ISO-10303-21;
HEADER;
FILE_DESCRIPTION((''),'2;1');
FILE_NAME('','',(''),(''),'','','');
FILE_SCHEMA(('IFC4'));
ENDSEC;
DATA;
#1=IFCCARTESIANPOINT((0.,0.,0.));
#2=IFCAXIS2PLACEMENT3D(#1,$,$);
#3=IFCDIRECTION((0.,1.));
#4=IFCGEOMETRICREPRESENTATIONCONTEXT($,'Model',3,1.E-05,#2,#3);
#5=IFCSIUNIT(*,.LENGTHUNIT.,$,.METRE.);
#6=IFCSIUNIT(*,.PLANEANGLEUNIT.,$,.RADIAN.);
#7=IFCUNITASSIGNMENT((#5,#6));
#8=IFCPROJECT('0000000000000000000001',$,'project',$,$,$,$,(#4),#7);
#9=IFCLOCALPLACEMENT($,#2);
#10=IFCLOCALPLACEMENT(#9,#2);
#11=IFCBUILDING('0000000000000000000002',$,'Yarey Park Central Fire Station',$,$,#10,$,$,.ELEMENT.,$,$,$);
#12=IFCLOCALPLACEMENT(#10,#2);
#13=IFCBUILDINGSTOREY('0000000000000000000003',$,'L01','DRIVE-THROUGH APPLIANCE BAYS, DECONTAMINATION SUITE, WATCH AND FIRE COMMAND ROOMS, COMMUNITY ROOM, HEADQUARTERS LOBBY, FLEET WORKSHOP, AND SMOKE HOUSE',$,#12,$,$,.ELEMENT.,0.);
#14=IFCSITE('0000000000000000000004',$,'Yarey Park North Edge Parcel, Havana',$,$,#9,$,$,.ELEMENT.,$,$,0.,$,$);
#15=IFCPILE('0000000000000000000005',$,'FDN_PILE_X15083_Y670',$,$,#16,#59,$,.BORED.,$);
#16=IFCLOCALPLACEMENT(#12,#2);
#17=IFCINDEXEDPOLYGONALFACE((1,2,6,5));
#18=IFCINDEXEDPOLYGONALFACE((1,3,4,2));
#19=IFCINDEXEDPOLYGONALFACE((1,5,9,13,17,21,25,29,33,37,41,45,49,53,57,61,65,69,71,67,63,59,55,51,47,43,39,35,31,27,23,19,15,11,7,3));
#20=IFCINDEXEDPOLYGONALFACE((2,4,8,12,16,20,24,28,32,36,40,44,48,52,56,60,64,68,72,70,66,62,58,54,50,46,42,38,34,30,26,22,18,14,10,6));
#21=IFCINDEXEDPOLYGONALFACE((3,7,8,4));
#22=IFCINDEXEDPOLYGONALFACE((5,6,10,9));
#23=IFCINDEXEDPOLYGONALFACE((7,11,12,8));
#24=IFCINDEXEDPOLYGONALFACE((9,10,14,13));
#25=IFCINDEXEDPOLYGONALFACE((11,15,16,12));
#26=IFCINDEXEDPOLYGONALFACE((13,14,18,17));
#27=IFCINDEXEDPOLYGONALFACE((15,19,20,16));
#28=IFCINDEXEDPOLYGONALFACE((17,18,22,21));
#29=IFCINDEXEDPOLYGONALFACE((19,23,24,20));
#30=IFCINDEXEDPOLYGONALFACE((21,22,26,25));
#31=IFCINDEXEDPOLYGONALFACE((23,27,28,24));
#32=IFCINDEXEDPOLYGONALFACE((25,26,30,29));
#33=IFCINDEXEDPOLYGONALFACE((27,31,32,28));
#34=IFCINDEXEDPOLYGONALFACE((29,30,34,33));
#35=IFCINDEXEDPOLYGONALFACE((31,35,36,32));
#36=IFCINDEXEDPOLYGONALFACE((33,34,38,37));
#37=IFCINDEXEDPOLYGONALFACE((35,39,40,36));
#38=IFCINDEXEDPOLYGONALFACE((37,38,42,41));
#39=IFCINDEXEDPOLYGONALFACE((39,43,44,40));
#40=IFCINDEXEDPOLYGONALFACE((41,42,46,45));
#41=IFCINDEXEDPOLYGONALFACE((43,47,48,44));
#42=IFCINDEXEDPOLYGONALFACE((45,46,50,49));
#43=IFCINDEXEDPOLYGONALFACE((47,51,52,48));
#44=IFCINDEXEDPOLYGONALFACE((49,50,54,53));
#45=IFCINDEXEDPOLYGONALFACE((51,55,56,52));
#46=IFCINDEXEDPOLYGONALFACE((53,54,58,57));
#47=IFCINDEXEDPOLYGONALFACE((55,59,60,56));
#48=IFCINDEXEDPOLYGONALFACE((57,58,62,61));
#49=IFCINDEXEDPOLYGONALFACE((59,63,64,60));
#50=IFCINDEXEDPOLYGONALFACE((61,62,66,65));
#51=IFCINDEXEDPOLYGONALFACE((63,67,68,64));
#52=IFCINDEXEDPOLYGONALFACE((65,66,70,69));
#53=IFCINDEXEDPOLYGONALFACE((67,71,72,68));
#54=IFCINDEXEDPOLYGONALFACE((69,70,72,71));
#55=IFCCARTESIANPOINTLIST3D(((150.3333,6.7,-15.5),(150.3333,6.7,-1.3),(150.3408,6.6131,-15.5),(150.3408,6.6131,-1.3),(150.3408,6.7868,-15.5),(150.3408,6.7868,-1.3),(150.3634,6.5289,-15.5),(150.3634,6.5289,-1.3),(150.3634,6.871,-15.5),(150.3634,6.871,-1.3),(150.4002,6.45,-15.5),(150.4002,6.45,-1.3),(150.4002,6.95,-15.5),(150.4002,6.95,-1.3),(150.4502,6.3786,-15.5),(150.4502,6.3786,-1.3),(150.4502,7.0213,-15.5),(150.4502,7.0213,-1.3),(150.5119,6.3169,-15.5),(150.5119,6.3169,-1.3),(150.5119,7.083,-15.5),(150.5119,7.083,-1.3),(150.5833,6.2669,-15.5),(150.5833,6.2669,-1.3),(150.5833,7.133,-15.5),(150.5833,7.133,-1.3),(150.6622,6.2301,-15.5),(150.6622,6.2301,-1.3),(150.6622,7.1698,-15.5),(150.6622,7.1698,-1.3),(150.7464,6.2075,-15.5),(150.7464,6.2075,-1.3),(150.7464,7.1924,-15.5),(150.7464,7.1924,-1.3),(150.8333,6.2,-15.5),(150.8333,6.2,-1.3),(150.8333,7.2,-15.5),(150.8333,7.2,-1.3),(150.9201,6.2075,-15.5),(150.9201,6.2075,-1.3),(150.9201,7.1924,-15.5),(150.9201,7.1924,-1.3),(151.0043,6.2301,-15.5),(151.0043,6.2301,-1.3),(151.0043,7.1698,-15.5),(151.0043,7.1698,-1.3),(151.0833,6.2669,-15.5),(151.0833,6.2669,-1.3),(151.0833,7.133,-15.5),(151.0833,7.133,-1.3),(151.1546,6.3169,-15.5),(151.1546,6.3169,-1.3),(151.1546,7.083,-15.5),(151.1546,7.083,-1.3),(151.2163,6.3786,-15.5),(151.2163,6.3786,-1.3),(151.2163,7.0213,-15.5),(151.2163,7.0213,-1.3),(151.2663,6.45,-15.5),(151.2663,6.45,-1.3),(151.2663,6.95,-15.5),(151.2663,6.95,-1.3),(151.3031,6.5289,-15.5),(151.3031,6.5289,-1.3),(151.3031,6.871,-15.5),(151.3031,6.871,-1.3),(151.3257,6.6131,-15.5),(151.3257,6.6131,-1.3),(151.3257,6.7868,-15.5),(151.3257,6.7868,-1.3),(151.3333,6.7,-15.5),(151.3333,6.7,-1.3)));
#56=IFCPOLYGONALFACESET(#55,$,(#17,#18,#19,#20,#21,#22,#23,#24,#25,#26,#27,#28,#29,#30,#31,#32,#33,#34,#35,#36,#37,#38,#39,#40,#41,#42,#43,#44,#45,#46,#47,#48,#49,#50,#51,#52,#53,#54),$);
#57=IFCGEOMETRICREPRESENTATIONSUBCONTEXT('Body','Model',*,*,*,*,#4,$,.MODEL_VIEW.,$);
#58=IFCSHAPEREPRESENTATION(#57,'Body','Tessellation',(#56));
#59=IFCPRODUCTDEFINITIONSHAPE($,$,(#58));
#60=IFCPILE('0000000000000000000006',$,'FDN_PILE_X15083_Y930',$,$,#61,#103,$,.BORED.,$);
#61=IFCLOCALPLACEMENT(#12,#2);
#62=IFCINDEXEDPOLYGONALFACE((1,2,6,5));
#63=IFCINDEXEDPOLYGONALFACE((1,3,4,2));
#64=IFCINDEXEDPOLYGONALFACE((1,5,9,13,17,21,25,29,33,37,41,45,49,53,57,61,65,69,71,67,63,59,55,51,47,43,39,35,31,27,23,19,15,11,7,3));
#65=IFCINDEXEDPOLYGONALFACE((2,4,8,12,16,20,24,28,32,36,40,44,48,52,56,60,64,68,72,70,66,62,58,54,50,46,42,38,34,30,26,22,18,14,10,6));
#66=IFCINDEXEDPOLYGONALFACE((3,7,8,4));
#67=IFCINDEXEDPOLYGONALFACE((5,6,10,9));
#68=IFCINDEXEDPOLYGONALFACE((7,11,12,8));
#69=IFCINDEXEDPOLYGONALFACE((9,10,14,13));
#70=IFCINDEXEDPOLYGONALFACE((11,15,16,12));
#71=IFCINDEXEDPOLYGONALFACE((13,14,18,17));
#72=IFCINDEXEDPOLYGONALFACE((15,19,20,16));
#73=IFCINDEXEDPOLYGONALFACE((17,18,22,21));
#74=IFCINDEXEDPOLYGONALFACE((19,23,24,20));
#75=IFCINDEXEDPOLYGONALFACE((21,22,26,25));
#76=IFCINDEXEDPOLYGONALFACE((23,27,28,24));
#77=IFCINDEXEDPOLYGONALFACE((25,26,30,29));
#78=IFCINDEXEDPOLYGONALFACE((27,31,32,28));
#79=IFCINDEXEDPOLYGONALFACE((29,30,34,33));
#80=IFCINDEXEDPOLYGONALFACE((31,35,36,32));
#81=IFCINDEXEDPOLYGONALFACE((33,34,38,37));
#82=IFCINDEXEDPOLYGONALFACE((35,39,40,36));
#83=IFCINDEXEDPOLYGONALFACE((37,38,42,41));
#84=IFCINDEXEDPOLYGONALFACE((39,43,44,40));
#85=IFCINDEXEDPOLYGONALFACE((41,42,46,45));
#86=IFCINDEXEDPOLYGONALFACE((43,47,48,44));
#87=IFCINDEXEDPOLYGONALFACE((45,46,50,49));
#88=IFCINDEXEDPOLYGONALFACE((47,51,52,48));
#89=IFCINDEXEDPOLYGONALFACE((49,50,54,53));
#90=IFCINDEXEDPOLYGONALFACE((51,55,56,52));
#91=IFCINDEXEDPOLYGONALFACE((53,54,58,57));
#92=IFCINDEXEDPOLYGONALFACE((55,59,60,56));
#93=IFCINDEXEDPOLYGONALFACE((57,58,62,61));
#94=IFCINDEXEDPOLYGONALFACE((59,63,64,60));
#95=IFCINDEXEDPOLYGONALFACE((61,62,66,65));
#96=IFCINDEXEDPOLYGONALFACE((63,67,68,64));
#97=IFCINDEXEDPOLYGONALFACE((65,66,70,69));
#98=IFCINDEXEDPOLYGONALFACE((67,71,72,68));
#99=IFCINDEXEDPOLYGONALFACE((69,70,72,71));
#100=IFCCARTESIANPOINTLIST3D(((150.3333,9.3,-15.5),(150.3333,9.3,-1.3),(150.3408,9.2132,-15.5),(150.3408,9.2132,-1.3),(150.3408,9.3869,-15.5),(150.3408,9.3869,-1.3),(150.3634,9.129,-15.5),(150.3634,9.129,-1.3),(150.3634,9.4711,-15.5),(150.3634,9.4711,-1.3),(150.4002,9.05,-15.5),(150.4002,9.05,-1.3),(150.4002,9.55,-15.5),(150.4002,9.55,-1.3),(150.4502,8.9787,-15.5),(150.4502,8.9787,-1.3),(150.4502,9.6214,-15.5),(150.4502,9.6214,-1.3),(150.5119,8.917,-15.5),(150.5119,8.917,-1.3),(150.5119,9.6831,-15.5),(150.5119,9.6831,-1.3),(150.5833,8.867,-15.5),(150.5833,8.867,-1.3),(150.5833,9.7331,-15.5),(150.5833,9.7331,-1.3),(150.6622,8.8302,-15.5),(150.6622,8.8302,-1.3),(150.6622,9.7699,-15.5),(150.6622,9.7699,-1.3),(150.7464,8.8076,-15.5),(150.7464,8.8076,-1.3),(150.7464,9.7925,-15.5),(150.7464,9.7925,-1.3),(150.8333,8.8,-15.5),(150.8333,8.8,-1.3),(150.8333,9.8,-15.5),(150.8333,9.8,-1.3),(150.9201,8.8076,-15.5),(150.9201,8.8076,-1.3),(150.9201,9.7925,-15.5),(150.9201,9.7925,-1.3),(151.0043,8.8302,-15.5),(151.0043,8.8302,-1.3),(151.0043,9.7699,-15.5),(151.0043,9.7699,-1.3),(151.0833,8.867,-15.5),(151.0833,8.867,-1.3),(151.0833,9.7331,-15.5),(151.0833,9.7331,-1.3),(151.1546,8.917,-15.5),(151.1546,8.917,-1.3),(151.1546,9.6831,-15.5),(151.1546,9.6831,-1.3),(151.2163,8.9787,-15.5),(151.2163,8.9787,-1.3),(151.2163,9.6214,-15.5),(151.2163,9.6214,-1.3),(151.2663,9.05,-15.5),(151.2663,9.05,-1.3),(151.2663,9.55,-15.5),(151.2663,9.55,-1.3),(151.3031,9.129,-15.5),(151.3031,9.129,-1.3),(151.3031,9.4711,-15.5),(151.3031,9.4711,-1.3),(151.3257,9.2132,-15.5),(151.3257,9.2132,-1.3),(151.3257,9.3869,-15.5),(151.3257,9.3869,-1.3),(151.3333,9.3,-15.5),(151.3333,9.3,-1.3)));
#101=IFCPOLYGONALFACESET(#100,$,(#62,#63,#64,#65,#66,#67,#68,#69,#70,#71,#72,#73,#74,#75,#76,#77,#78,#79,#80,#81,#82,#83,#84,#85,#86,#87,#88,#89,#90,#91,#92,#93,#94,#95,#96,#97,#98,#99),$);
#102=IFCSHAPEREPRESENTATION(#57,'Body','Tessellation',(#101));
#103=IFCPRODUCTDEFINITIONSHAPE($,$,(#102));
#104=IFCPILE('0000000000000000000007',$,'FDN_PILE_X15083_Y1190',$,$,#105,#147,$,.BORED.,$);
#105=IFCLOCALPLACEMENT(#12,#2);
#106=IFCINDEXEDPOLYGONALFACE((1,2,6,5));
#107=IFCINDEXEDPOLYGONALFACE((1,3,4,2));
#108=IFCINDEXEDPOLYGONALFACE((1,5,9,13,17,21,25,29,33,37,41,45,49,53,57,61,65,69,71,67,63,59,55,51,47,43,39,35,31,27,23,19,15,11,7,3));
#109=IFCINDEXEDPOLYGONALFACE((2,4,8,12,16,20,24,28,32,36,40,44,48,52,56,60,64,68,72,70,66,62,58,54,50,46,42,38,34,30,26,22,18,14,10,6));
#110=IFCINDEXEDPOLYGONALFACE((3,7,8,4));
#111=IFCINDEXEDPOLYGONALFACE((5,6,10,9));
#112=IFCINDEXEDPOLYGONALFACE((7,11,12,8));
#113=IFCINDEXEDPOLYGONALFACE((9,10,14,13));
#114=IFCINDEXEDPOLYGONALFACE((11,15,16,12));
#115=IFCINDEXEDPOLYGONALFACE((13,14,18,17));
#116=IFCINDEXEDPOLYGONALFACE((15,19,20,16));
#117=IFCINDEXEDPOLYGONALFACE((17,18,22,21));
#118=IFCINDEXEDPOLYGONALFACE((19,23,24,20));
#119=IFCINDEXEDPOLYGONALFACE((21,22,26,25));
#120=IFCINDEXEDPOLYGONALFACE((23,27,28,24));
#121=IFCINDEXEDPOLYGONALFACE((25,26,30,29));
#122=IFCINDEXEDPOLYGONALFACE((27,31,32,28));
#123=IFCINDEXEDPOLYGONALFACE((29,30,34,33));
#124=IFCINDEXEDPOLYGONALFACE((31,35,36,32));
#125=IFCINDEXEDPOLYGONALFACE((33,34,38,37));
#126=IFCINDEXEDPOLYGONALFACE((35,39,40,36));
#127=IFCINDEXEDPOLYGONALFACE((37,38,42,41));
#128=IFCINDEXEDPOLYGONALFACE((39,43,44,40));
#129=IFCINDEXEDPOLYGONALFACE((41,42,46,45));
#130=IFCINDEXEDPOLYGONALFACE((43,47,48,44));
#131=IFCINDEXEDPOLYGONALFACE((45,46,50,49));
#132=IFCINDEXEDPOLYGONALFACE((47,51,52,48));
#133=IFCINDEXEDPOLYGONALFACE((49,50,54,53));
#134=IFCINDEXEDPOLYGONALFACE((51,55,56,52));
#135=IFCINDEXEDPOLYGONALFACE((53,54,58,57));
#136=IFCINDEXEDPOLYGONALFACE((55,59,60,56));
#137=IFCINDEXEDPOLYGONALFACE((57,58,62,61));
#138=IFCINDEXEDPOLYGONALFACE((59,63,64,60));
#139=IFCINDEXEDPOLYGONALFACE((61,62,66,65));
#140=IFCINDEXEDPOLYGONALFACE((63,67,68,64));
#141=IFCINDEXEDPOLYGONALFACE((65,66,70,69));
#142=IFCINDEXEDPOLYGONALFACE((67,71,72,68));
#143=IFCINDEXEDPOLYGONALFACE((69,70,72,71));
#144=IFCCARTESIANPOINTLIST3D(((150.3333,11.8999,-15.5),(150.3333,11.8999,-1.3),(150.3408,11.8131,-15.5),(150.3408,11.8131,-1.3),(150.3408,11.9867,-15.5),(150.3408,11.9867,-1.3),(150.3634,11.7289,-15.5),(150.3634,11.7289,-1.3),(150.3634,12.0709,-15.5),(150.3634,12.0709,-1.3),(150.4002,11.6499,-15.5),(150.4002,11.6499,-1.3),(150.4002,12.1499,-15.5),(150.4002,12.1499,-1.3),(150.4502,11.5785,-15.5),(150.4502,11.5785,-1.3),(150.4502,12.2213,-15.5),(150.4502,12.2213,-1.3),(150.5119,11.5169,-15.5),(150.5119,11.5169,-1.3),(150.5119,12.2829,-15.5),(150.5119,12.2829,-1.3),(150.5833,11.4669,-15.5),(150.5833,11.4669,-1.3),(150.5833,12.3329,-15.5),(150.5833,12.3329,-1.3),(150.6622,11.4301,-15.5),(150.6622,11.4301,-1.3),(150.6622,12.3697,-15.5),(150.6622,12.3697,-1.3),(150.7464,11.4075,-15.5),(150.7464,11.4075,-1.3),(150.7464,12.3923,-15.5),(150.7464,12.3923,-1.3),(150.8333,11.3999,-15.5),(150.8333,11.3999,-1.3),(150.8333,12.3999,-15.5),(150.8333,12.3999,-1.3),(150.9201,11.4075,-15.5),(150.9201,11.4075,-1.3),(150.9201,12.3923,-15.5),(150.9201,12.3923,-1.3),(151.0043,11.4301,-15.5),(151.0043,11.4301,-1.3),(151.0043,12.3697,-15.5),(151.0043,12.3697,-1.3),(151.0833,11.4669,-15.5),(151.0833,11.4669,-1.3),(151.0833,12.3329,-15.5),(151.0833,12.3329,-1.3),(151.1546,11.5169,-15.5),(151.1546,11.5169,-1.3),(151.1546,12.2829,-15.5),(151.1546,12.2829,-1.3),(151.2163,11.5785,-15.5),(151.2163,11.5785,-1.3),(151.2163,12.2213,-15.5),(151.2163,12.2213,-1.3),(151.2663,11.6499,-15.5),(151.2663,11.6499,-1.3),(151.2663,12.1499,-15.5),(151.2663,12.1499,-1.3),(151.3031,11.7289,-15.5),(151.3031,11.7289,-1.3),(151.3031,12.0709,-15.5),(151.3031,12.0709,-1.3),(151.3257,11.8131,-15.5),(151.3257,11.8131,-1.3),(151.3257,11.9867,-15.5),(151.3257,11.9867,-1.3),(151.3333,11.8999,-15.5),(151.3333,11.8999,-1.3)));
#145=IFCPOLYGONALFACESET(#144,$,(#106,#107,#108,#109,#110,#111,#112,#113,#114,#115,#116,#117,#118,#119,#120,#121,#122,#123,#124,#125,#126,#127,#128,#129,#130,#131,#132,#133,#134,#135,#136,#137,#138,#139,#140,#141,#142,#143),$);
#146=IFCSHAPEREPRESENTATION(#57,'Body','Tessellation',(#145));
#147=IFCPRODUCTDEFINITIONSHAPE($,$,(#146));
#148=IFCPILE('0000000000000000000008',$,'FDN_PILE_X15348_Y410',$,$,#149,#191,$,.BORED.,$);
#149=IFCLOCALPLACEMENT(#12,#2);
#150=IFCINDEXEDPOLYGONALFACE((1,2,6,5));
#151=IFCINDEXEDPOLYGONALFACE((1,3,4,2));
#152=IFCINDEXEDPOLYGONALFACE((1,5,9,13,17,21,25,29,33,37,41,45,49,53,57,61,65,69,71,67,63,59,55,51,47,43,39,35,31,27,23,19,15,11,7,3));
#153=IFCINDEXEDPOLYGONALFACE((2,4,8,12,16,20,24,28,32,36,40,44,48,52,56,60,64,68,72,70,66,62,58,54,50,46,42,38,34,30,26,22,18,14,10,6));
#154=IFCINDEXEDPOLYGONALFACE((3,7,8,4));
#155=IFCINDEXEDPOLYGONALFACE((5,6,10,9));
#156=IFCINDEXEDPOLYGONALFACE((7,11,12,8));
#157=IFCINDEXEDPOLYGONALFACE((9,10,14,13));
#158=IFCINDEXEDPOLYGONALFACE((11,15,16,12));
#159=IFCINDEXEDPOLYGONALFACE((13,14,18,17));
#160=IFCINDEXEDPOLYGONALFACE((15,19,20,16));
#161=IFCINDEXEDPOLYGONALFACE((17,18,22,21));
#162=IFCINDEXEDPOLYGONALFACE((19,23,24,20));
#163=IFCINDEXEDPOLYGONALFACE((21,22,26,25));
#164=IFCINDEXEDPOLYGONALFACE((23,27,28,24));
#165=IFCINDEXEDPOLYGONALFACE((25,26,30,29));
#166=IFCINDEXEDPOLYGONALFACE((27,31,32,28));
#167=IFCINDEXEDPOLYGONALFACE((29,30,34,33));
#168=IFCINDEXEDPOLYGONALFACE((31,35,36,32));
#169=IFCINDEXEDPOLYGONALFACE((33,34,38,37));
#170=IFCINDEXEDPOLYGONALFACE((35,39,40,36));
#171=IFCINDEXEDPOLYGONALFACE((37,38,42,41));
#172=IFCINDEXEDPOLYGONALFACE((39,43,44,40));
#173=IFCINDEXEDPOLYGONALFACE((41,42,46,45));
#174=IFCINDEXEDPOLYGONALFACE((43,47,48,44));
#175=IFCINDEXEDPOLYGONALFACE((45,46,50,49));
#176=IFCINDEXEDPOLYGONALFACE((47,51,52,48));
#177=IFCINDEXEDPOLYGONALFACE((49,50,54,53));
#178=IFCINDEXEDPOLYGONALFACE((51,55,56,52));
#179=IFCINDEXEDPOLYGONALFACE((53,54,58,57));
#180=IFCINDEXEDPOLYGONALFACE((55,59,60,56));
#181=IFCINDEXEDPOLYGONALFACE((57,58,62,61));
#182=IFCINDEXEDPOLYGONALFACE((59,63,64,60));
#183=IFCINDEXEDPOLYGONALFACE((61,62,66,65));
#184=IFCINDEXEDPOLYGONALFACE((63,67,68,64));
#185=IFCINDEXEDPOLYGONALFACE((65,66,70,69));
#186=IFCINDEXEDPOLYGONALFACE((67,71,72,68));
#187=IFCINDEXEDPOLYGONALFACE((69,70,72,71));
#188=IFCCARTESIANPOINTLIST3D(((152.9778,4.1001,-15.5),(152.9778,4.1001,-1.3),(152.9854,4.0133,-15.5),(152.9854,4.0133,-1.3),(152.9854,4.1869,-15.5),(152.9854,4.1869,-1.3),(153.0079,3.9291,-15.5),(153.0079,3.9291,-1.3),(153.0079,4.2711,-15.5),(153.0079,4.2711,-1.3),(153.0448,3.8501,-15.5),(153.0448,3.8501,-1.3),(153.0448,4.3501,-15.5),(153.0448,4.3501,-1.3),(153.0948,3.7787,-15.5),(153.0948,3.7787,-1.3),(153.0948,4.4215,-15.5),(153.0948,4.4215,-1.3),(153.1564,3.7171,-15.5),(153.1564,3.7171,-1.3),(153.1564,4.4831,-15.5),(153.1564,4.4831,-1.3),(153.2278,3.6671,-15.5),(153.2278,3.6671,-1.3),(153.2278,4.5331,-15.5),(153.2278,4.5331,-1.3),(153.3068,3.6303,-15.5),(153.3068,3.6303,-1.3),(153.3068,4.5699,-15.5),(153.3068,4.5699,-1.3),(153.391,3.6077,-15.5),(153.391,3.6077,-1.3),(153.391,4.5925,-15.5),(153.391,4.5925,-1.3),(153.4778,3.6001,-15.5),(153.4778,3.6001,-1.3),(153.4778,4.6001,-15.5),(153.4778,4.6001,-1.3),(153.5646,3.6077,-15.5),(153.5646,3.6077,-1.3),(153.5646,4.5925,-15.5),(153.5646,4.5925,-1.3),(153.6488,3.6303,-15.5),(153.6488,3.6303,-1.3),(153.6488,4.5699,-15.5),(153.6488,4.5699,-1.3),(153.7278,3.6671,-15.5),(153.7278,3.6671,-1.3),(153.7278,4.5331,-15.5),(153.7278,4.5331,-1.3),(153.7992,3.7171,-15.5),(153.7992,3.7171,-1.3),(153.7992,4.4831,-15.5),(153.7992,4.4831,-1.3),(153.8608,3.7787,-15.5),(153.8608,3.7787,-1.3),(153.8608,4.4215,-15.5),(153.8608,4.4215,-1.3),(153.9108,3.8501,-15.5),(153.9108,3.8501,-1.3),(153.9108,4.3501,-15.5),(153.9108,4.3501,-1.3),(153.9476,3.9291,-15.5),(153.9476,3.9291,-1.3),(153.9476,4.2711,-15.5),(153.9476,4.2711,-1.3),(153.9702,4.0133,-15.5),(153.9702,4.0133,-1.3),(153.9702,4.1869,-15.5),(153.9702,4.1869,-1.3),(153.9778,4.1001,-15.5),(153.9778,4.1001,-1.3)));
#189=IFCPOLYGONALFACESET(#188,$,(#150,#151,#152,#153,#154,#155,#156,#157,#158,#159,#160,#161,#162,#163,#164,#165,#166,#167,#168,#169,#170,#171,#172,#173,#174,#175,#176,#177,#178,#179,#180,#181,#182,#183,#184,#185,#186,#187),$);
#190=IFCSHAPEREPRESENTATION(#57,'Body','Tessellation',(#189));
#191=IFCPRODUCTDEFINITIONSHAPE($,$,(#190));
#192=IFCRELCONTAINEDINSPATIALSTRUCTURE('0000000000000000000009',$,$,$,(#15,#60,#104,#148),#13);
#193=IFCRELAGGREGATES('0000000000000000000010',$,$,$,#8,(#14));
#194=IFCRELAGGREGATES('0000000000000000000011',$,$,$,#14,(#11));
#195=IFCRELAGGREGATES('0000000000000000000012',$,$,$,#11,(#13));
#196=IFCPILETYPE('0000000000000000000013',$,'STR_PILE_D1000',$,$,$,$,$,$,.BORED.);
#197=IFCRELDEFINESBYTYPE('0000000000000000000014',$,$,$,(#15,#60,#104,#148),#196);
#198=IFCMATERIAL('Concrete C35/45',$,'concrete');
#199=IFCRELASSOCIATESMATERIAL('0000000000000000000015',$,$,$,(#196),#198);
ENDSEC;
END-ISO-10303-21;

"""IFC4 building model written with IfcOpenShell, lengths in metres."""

from ifc_helpers import new_model, si_unit, direction, frame, origin, origin_2d, place, context, subcontext, project, spatial, circle, extrude, material, material_profile, profile_set, type_object, element, save


model = new_model("IFC4")

# Units and contexts
model_context = context("Model", 3, precision=1e-05, world=origin(), true_north=direction((0.0, 1.0)))
body_context = subcontext(model_context, "Body", "Model", "MODEL_VIEW")
ifc_project = project(units=[si_unit("LENGTHUNIT", "METRE"), si_unit("PLANEANGLEUNIT", "RADIAN")], contexts=[model_context])

# Site, building, storey
site_placement = place(None, origin())
site = spatial("IfcSite", under=ifc_project, at=site_placement, Name="Yarey Park North Edge Parcel, Havana", CompositionType="ELEMENT", RefElevation=0.0)
building_placement = place(site_placement, origin())
building = spatial("IfcBuilding", under=site, at=building_placement, Name="Yarey Park Central Fire Station", CompositionType="ELEMENT")
storey_placement = place(building_placement, origin())
storey = spatial("IfcBuildingStorey", under=building, at=storey_placement, Name="L01", Description="DRIVE-THROUGH APPLIANCE BAYS, DECONTAMINATION SUITE, WATCH AND FIRE COMMAND ROOMS, COMMUNITY ROOM, HEADQUARTERS LOBBY, FLEET WORKSHOP, AND SMOKE HOUSE", CompositionType="ELEMENT", Elevation=0.0)

# Piles
ifc_material_1 = material(Name="Concrete C35/45", Category="concrete")
ifc_material_profile_1 = material_profile(ifc_material_1, circle(Radius=0.5, at=origin_2d()), Name="BORED PILE D1000")
ifc_profile_set_1 = profile_set([ifc_material_profile_1], Name="Concrete C35/45")
pile_type = type_object("IfcPileType", Name="STR_PILE_D1000", PredefinedType="BORED", material=ifc_profile_set_1)
for number, where, z_axis, x_axis, name in (
    (1, (150.8333, 6.7, -1.3), (0.0, 0.0, -1.0), (1.0, 0.0, 0.0), "FDN_PILE_X15083_Y670"),
    (2, (150.8333, 9.3, -1.3), (0.0, 0.0, -1.0), (1.0, 0.0, 0.0), "FDN_PILE_X15083_Y930"),
    (3, (150.8333, 11.8999, -1.3), (0.0, 0.0, -1.0), (1.0, 0.0, 0.0), "FDN_PILE_X15083_Y1190"),
    (4, (153.4778, 4.1001, -1.3), (0.0, 0.0, -1.0), (1.0, 0.0, 0.0), "FDN_PILE_X15348_Y410"),
):
    element("IfcPile", number, at=place(storey_placement, frame(where, z_axis=z_axis, x_axis=x_axis)), inside=storey, type_object=pile_type, Name=name, PredefinedType="BORED", context=body_context, shape_type="SweptSolid", body=[
        extrude(circle(Radius=0.5, at=origin_2d()), origin(), (0.0, 0.0, 1.0), 14.2),
    ])

save(model, "model.ifc")
